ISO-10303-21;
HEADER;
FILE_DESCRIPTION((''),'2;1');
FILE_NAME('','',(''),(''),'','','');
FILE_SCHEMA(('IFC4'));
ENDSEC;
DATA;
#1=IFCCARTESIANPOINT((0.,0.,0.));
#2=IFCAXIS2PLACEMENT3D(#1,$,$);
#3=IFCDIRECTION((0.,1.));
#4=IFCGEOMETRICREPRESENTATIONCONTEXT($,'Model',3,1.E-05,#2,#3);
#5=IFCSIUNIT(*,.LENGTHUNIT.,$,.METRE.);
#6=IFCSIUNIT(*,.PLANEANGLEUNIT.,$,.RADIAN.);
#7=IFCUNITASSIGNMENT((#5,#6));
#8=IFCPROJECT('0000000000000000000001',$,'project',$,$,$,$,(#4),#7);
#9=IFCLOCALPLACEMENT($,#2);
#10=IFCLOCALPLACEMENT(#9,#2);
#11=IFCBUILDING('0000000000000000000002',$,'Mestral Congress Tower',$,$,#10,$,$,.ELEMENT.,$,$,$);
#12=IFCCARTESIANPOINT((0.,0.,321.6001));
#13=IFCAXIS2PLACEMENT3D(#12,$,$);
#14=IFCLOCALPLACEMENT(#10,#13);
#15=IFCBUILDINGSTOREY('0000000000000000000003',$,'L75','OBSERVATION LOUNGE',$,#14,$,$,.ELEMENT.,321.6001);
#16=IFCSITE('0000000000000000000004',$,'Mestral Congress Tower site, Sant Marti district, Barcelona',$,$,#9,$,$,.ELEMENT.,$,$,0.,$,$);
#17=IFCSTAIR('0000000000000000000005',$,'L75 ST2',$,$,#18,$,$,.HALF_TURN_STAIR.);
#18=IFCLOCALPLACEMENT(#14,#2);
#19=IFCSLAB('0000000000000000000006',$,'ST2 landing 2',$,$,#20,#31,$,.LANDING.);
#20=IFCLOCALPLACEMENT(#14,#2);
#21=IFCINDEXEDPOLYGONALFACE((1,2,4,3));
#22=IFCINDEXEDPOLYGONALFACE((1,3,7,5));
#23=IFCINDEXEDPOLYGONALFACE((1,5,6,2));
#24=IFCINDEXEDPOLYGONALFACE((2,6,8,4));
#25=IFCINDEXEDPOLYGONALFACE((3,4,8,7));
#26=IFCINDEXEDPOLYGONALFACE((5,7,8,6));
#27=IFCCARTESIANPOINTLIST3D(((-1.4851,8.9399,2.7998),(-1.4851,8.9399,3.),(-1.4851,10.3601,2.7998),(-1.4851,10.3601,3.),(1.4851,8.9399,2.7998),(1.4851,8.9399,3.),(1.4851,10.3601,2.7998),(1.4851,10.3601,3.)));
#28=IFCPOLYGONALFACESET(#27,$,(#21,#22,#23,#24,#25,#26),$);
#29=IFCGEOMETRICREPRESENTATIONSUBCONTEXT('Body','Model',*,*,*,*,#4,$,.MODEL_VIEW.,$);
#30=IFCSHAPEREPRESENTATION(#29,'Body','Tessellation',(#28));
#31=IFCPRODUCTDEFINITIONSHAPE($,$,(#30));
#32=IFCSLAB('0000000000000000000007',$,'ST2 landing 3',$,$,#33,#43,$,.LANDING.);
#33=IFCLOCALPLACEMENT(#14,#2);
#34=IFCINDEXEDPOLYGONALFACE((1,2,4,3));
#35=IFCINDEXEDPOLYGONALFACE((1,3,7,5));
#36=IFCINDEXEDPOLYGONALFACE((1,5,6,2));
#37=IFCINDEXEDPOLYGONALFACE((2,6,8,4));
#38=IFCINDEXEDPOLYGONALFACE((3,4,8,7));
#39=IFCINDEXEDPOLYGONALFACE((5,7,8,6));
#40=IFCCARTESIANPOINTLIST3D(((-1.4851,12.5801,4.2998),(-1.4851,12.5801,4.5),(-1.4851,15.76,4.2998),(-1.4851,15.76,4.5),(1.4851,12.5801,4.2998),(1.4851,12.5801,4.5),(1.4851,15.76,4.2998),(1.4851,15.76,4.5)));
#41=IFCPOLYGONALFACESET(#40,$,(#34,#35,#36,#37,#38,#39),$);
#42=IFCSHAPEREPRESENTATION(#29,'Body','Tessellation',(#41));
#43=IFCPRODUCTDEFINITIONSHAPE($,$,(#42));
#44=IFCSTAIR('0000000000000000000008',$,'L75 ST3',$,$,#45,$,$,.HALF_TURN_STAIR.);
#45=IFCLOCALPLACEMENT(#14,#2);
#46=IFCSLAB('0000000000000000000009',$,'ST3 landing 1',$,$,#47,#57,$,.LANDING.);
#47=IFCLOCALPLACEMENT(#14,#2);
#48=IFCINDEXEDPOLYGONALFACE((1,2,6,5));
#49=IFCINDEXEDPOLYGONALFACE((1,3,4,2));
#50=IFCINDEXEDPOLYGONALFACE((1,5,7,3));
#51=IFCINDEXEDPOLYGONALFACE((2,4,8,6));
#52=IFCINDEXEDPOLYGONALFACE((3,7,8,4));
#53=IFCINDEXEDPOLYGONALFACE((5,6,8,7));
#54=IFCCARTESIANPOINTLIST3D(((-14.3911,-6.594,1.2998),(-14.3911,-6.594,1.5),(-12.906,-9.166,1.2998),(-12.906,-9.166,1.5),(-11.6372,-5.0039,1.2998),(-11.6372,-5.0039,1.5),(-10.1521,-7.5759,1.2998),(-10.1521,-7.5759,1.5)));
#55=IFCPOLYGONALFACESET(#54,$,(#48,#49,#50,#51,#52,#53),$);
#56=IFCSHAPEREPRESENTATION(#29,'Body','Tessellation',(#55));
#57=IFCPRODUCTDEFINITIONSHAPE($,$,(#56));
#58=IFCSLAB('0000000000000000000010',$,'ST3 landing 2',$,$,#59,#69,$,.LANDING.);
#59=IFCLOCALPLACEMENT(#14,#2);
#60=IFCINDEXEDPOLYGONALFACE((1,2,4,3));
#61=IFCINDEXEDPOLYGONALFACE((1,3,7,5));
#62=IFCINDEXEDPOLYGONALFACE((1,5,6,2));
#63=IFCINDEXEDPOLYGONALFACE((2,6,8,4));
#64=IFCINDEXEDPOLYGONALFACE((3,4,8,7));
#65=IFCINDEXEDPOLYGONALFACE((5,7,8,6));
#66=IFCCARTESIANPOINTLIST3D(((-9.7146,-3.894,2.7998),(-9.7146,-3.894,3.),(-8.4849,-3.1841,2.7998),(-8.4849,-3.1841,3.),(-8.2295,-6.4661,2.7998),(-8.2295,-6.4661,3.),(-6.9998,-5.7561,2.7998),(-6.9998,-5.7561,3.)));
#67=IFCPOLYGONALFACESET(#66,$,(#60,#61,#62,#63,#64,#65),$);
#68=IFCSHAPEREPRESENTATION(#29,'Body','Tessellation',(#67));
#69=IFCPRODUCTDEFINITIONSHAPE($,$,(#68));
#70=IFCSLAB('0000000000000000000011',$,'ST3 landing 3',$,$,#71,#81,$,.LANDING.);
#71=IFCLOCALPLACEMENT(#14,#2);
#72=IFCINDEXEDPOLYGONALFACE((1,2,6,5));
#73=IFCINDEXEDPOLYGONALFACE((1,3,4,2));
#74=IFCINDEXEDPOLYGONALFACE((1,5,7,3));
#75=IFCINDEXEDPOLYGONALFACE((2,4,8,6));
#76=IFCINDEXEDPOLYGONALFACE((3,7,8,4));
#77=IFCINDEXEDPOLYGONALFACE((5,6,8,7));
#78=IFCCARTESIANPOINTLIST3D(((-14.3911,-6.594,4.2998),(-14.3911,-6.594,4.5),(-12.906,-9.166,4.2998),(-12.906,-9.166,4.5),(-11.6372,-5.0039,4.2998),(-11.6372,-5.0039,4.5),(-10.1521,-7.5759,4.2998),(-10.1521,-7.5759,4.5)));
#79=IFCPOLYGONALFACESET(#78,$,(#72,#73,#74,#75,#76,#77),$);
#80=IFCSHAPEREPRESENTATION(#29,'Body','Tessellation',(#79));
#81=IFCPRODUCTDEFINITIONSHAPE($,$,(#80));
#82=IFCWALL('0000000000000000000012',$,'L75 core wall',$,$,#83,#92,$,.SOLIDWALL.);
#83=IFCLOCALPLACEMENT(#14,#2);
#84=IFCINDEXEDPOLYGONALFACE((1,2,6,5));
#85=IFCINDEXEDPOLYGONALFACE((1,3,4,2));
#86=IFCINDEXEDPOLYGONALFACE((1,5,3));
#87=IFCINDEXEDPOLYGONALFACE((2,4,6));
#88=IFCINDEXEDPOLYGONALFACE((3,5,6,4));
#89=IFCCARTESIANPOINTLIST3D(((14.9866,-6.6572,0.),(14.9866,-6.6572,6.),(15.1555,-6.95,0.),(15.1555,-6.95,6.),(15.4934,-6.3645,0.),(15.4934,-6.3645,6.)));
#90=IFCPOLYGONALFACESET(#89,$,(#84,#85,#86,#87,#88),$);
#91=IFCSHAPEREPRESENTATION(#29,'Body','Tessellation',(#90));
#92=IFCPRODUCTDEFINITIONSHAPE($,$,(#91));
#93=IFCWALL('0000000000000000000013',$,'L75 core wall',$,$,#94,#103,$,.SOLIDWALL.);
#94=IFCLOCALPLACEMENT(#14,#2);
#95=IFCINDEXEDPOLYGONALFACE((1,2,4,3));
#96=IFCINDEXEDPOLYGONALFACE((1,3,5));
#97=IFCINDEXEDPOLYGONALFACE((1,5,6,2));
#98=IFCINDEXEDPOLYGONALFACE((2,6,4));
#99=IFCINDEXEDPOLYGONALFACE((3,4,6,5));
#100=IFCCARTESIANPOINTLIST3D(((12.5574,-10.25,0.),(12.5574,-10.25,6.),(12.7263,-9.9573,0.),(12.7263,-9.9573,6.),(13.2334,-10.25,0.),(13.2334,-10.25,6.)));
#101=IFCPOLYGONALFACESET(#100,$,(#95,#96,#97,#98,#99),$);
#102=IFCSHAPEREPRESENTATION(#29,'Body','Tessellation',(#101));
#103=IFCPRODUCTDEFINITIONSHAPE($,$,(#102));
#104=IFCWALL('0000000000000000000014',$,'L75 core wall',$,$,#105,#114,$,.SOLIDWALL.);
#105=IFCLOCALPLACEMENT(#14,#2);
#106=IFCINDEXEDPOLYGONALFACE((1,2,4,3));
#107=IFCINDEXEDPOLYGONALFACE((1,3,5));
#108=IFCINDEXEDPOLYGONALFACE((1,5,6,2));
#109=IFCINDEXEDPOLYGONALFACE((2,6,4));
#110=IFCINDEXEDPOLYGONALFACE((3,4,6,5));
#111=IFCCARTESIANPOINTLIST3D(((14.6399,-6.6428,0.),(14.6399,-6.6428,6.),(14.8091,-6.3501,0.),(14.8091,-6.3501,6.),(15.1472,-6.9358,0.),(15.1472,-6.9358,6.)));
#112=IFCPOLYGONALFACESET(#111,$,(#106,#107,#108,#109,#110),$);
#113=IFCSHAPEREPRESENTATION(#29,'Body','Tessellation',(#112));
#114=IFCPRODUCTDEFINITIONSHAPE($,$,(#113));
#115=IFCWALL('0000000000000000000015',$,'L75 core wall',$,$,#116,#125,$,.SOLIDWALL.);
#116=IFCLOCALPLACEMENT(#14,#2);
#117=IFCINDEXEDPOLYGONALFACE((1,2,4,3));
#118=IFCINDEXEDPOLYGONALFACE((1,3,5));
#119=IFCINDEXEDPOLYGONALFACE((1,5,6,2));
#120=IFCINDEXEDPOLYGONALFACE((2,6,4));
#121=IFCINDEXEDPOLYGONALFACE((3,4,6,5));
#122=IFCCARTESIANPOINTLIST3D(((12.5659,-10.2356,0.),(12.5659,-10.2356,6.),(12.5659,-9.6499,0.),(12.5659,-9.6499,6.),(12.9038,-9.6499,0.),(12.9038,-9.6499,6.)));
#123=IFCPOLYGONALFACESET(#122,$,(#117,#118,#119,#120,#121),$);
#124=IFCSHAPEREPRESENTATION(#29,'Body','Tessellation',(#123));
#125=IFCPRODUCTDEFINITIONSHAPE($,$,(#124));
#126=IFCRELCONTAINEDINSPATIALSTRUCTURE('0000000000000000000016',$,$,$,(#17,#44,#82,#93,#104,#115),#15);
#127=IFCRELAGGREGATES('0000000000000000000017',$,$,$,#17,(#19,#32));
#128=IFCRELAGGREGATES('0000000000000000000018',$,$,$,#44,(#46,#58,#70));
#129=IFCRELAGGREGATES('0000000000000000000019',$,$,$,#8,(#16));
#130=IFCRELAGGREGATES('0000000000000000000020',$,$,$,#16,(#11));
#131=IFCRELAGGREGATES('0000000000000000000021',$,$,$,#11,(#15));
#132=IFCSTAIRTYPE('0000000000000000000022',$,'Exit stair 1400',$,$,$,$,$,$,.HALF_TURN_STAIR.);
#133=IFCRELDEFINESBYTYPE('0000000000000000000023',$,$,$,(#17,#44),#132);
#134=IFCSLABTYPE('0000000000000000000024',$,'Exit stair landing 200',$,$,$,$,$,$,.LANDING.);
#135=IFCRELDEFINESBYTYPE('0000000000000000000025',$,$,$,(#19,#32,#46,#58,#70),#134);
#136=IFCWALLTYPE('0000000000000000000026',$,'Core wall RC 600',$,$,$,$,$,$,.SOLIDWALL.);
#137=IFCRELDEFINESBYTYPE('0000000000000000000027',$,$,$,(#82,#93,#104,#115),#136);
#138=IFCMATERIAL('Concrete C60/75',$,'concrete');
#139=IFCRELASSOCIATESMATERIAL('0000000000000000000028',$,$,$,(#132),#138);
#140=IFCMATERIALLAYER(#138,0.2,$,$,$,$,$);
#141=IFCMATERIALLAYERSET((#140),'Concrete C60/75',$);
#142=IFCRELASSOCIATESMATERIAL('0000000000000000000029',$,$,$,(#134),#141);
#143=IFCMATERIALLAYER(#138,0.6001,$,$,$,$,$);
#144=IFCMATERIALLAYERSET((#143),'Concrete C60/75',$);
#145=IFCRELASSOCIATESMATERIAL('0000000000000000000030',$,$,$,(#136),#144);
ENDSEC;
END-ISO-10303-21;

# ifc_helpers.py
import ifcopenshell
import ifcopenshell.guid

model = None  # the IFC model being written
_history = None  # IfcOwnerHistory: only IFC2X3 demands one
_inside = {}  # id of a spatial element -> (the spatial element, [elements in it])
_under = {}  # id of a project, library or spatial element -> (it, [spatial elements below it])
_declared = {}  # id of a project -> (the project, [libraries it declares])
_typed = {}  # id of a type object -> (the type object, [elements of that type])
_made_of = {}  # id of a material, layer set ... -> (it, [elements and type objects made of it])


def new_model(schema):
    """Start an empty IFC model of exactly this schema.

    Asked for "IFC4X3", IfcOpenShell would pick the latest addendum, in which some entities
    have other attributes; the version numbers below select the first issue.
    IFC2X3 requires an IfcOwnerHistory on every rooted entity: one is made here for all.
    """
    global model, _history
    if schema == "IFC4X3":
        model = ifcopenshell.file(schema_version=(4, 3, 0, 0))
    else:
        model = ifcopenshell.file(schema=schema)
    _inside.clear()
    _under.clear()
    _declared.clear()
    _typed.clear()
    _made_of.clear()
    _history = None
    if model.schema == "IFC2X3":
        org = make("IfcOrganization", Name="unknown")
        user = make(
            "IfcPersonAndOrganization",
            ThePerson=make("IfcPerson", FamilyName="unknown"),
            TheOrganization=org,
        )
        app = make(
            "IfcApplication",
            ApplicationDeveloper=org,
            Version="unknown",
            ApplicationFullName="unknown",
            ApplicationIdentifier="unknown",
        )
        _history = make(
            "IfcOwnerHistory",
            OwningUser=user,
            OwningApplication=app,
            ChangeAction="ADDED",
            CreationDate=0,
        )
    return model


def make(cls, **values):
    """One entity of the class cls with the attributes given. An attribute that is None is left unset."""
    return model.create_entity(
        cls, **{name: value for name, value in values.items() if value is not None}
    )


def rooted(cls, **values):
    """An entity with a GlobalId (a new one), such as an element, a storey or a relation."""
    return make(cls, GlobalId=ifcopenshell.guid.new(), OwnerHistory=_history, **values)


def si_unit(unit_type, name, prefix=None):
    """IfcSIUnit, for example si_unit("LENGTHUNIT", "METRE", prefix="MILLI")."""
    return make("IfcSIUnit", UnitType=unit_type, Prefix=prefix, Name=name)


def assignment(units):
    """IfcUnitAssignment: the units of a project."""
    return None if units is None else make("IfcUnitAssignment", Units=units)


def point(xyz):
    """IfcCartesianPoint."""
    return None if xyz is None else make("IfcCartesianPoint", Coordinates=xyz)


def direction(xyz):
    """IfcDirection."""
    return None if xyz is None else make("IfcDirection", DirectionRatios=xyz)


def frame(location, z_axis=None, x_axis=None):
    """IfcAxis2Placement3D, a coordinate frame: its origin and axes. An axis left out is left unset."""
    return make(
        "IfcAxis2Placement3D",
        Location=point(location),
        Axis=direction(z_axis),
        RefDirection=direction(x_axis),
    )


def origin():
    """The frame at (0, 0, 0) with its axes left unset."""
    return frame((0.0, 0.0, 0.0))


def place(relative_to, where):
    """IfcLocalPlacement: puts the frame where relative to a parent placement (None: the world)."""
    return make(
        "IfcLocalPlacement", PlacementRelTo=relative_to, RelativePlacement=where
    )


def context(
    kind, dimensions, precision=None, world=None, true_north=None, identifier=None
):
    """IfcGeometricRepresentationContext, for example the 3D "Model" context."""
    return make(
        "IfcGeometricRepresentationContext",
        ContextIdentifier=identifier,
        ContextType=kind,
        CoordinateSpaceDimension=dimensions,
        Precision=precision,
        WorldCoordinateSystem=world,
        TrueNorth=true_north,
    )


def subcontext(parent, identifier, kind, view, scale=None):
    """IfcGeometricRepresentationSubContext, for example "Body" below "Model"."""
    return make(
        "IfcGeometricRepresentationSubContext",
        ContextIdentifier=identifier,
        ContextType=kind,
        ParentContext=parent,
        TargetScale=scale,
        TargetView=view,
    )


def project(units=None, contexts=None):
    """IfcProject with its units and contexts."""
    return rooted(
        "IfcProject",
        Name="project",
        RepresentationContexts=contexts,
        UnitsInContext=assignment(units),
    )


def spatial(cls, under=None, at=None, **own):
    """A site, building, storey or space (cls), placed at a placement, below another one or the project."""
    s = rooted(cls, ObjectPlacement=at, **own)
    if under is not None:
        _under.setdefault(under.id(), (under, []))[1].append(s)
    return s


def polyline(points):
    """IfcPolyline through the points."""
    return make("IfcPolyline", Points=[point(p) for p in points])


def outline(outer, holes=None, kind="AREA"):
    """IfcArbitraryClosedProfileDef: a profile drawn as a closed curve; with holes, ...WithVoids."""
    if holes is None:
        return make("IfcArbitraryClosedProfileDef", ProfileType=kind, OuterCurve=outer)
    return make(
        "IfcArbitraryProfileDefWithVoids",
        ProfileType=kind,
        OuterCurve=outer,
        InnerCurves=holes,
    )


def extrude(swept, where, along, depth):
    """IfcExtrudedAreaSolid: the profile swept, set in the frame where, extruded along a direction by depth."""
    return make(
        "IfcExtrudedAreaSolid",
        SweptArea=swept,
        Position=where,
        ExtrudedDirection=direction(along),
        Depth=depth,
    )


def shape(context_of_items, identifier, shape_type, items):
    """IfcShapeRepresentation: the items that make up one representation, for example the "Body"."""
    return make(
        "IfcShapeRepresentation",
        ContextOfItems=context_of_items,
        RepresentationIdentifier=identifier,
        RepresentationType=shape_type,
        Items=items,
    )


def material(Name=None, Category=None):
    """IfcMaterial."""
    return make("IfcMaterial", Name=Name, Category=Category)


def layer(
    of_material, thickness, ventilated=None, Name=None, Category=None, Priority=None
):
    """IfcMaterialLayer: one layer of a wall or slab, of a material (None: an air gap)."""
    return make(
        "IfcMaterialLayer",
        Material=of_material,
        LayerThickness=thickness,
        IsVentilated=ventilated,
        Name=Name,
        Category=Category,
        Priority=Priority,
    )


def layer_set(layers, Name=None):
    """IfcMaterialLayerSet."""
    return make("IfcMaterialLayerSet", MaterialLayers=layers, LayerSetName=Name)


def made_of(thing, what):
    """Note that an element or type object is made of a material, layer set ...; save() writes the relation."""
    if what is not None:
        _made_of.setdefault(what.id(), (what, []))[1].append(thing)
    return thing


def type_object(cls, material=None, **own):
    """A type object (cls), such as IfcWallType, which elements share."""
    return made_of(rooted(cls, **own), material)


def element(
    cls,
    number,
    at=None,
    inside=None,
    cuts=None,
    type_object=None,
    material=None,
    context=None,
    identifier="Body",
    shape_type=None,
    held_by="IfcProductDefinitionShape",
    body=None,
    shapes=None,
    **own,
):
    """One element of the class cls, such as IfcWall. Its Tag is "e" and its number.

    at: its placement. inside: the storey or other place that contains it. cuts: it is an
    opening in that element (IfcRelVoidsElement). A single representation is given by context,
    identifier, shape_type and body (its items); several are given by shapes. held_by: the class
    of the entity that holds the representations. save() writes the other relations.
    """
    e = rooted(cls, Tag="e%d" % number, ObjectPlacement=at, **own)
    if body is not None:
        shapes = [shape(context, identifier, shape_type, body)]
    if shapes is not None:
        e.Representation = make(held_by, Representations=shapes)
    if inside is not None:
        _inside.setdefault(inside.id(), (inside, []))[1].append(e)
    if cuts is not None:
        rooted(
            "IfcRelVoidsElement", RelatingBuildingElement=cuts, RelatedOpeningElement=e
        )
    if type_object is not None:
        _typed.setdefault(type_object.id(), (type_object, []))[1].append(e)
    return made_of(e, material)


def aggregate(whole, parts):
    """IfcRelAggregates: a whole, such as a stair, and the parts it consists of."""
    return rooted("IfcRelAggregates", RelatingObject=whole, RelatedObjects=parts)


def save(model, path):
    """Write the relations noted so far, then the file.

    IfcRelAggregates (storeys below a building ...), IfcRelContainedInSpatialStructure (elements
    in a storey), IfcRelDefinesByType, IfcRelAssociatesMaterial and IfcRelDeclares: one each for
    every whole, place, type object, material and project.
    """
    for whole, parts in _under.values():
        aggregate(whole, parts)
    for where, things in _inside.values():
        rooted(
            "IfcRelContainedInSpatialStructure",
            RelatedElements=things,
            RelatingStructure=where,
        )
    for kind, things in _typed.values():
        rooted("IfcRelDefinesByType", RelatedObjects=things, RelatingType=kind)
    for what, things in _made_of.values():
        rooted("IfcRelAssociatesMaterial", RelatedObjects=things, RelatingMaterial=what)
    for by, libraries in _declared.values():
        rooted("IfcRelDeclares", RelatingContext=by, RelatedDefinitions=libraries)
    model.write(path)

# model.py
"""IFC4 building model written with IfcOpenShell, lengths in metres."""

from ifc_helpers import new_model, si_unit, direction, frame, origin, place, context, subcontext, project, spatial, polyline, outline, extrude, material, layer, layer_set, type_object, element, aggregate, save


model = new_model("IFC4")

# Units and contexts
model_context = context("Model", 3, precision=1e-05, world=origin(), true_north=direction((0.0, 1.0)))
body_context = subcontext(model_context, "Body", "Model", "MODEL_VIEW")
ifc_project = project(units=[si_unit("LENGTHUNIT", "METRE"), si_unit("PLANEANGLEUNIT", "RADIAN")], contexts=[model_context])

# Site, building, storey
site_placement = place(None, origin())
site = spatial("IfcSite", under=ifc_project, at=site_placement, Name="Mestral Congress Tower site, Sant Marti district, Barcelona", CompositionType="ELEMENT", RefElevation=0.0)
building_placement = place(site_placement, origin())
building = spatial("IfcBuilding", under=site, at=building_placement, Name="Mestral Congress Tower", CompositionType="ELEMENT")
storey_placement = place(building_placement, frame((0.0, 0.0, 321.6001)))
storey = spatial("IfcBuildingStorey", under=building, at=storey_placement, Name="L75", Description="OBSERVATION LOUNGE", CompositionType="ELEMENT", Elevation=321.6001)

# Shared definitions
ifc_material_1 = material(Name="Concrete C60/75", Category="concrete")

# Stairs, slabs
stair_type = type_object("IfcStairType", Name="Exit stair 1400", PredefinedType="HALF_TURN_STAIR", material=ifc_material_1)
placement_1 = place(storey_placement, origin())
ifc_layer_1 = layer(ifc_material_1, 0.2)
ifc_layer_set_1 = layer_set([ifc_layer_1], Name="Concrete C60/75")
slab_type_1 = type_object("IfcSlabType", Name="Exit stair landing 200", PredefinedType="LANDING", material=ifc_layer_set_1)
placement_2 = place(storey_placement, frame((0.0, 0.0, 1.2998)))
placement_3 = place(storey_placement, frame((0.0, 0.0, 2.7998)))
placement_4 = place(storey_placement, frame((0.0, 0.0, 4.2998)))
stair_1 = element("IfcStair", 1, at=placement_1, inside=storey, type_object=stair_type, Name="L75 ST2", PredefinedType="HALF_TURN_STAIR")
slab_1 = element("IfcSlab", 2, at=placement_3, type_object=slab_type_1, Name="ST2 landing 2", PredefinedType="LANDING", context=body_context, shape_type="SweptSolid", body=[
    extrude(outline(polyline([(1.4851, 8.9399), (-1.4851, 8.9399), (-1.4851, 10.3601), (1.4851, 10.3601), (1.4851, 8.9399)])), origin(), (0.0, 0.0, 1.0), 0.2002),
])
slab_2 = element("IfcSlab", 3, at=placement_4, type_object=slab_type_1, Name="ST2 landing 3", PredefinedType="LANDING", context=body_context, shape_type="SweptSolid", body=[
    extrude(outline(polyline([(1.4851, 12.5801), (-1.4851, 12.5801), (-1.4851, 15.76), (1.4851, 15.76), (1.4851, 12.5801)])), origin(), (0.0, 0.0, 1.0), 0.2002),
])
aggregate(stair_1, [slab_1, slab_2])
stair_2 = element("IfcStair", 4, at=placement_1, inside=storey, type_object=stair_type, Name="L75 ST3", PredefinedType="HALF_TURN_STAIR")
slab_3 = element("IfcSlab", 5, at=placement_2, type_object=slab_type_1, Name="ST3 landing 1", PredefinedType="LANDING", context=body_context, shape_type="SweptSolid", body=[
    extrude(outline(polyline([(-11.6372, -5.0039), (-10.1521, -7.5759), (-12.906, -9.166), (-14.3911, -6.594), (-11.6372, -5.0039)])), origin(), (0.0, 0.0, 1.0), 0.2002),
])
slab_4 = element("IfcSlab", 6, at=placement_3, type_object=slab_type_1, Name="ST3 landing 2", PredefinedType="LANDING", context=body_context, shape_type="SweptSolid", body=[
    extrude(outline(polyline([(-8.4849, -3.1841), (-6.9998, -5.7561), (-8.2295, -6.4661), (-9.7146, -3.894), (-8.4849, -3.1841)])), origin(), (0.0, 0.0, 1.0), 0.2002),
])
slab_5 = element("IfcSlab", 7, at=placement_4, type_object=slab_type_1, Name="ST3 landing 3", PredefinedType="LANDING", context=body_context, shape_type="SweptSolid", body=[
    extrude(outline(polyline([(-11.6372, -5.0039), (-10.1521, -7.5759), (-12.906, -9.166), (-14.3911, -6.594), (-11.6372, -5.0039)])), origin(), (0.0, 0.0, 1.0), 0.2002),
])
aggregate(stair_2, [slab_3, slab_4, slab_5])

# Walls
ifc_layer_2 = layer(ifc_material_1, 0.6001)
ifc_layer_set_2 = layer_set([ifc_layer_2], Name="Concrete C60/75")
wall_type = type_object("IfcWallType", Name="Core wall RC 600", PredefinedType="SOLIDWALL", material=ifc_layer_set_2)
element("IfcWall", 8, at=placement_1, inside=storey, type_object=wall_type, Name="L75 core wall", PredefinedType="SOLIDWALL", context=body_context, shape_type="SweptSolid", body=[
    extrude(outline(polyline([(15.1555, -6.95), (14.9866, -6.6572), (15.4934, -6.3645), (15.1555, -6.95)])), origin(), (0.0, 0.0, 1.0), 6.0),
])
element("IfcWall", 9, at=placement_1, inside=storey, type_object=wall_type, Name="L75 core wall", PredefinedType="SOLIDWALL", context=body_context, shape_type="SweptSolid", body=[
    extrude(outline(polyline([(12.7263, -9.9573), (13.2334, -10.25), (12.5574, -10.25), (12.7263, -9.9573)])), origin(), (0.0, 0.0, 1.0), 6.0),
])
element("IfcWall", 10, at=placement_1, inside=storey, type_object=wall_type, Name="L75 core wall", PredefinedType="SOLIDWALL", context=body_context, shape_type="SweptSolid", body=[
    extrude(outline(polyline([(14.8091, -6.3501), (15.1472, -6.9358), (14.6399, -6.6428), (14.8091, -6.3501)])), origin(), (0.0, 0.0, 1.0), 6.0),
])
element("IfcWall", 11, at=placement_1, inside=storey, type_object=wall_type, Name="L75 core wall", PredefinedType="SOLIDWALL", context=body_context, shape_type="SweptSolid", body=[
    extrude(outline(polyline([(12.9038, -9.6499), (12.5659, -10.2356), (12.5659, -9.6499), (12.9038, -9.6499)])), origin(), (0.0, 0.0, 1.0), 6.0),
])

save(model, "model.ifc")
